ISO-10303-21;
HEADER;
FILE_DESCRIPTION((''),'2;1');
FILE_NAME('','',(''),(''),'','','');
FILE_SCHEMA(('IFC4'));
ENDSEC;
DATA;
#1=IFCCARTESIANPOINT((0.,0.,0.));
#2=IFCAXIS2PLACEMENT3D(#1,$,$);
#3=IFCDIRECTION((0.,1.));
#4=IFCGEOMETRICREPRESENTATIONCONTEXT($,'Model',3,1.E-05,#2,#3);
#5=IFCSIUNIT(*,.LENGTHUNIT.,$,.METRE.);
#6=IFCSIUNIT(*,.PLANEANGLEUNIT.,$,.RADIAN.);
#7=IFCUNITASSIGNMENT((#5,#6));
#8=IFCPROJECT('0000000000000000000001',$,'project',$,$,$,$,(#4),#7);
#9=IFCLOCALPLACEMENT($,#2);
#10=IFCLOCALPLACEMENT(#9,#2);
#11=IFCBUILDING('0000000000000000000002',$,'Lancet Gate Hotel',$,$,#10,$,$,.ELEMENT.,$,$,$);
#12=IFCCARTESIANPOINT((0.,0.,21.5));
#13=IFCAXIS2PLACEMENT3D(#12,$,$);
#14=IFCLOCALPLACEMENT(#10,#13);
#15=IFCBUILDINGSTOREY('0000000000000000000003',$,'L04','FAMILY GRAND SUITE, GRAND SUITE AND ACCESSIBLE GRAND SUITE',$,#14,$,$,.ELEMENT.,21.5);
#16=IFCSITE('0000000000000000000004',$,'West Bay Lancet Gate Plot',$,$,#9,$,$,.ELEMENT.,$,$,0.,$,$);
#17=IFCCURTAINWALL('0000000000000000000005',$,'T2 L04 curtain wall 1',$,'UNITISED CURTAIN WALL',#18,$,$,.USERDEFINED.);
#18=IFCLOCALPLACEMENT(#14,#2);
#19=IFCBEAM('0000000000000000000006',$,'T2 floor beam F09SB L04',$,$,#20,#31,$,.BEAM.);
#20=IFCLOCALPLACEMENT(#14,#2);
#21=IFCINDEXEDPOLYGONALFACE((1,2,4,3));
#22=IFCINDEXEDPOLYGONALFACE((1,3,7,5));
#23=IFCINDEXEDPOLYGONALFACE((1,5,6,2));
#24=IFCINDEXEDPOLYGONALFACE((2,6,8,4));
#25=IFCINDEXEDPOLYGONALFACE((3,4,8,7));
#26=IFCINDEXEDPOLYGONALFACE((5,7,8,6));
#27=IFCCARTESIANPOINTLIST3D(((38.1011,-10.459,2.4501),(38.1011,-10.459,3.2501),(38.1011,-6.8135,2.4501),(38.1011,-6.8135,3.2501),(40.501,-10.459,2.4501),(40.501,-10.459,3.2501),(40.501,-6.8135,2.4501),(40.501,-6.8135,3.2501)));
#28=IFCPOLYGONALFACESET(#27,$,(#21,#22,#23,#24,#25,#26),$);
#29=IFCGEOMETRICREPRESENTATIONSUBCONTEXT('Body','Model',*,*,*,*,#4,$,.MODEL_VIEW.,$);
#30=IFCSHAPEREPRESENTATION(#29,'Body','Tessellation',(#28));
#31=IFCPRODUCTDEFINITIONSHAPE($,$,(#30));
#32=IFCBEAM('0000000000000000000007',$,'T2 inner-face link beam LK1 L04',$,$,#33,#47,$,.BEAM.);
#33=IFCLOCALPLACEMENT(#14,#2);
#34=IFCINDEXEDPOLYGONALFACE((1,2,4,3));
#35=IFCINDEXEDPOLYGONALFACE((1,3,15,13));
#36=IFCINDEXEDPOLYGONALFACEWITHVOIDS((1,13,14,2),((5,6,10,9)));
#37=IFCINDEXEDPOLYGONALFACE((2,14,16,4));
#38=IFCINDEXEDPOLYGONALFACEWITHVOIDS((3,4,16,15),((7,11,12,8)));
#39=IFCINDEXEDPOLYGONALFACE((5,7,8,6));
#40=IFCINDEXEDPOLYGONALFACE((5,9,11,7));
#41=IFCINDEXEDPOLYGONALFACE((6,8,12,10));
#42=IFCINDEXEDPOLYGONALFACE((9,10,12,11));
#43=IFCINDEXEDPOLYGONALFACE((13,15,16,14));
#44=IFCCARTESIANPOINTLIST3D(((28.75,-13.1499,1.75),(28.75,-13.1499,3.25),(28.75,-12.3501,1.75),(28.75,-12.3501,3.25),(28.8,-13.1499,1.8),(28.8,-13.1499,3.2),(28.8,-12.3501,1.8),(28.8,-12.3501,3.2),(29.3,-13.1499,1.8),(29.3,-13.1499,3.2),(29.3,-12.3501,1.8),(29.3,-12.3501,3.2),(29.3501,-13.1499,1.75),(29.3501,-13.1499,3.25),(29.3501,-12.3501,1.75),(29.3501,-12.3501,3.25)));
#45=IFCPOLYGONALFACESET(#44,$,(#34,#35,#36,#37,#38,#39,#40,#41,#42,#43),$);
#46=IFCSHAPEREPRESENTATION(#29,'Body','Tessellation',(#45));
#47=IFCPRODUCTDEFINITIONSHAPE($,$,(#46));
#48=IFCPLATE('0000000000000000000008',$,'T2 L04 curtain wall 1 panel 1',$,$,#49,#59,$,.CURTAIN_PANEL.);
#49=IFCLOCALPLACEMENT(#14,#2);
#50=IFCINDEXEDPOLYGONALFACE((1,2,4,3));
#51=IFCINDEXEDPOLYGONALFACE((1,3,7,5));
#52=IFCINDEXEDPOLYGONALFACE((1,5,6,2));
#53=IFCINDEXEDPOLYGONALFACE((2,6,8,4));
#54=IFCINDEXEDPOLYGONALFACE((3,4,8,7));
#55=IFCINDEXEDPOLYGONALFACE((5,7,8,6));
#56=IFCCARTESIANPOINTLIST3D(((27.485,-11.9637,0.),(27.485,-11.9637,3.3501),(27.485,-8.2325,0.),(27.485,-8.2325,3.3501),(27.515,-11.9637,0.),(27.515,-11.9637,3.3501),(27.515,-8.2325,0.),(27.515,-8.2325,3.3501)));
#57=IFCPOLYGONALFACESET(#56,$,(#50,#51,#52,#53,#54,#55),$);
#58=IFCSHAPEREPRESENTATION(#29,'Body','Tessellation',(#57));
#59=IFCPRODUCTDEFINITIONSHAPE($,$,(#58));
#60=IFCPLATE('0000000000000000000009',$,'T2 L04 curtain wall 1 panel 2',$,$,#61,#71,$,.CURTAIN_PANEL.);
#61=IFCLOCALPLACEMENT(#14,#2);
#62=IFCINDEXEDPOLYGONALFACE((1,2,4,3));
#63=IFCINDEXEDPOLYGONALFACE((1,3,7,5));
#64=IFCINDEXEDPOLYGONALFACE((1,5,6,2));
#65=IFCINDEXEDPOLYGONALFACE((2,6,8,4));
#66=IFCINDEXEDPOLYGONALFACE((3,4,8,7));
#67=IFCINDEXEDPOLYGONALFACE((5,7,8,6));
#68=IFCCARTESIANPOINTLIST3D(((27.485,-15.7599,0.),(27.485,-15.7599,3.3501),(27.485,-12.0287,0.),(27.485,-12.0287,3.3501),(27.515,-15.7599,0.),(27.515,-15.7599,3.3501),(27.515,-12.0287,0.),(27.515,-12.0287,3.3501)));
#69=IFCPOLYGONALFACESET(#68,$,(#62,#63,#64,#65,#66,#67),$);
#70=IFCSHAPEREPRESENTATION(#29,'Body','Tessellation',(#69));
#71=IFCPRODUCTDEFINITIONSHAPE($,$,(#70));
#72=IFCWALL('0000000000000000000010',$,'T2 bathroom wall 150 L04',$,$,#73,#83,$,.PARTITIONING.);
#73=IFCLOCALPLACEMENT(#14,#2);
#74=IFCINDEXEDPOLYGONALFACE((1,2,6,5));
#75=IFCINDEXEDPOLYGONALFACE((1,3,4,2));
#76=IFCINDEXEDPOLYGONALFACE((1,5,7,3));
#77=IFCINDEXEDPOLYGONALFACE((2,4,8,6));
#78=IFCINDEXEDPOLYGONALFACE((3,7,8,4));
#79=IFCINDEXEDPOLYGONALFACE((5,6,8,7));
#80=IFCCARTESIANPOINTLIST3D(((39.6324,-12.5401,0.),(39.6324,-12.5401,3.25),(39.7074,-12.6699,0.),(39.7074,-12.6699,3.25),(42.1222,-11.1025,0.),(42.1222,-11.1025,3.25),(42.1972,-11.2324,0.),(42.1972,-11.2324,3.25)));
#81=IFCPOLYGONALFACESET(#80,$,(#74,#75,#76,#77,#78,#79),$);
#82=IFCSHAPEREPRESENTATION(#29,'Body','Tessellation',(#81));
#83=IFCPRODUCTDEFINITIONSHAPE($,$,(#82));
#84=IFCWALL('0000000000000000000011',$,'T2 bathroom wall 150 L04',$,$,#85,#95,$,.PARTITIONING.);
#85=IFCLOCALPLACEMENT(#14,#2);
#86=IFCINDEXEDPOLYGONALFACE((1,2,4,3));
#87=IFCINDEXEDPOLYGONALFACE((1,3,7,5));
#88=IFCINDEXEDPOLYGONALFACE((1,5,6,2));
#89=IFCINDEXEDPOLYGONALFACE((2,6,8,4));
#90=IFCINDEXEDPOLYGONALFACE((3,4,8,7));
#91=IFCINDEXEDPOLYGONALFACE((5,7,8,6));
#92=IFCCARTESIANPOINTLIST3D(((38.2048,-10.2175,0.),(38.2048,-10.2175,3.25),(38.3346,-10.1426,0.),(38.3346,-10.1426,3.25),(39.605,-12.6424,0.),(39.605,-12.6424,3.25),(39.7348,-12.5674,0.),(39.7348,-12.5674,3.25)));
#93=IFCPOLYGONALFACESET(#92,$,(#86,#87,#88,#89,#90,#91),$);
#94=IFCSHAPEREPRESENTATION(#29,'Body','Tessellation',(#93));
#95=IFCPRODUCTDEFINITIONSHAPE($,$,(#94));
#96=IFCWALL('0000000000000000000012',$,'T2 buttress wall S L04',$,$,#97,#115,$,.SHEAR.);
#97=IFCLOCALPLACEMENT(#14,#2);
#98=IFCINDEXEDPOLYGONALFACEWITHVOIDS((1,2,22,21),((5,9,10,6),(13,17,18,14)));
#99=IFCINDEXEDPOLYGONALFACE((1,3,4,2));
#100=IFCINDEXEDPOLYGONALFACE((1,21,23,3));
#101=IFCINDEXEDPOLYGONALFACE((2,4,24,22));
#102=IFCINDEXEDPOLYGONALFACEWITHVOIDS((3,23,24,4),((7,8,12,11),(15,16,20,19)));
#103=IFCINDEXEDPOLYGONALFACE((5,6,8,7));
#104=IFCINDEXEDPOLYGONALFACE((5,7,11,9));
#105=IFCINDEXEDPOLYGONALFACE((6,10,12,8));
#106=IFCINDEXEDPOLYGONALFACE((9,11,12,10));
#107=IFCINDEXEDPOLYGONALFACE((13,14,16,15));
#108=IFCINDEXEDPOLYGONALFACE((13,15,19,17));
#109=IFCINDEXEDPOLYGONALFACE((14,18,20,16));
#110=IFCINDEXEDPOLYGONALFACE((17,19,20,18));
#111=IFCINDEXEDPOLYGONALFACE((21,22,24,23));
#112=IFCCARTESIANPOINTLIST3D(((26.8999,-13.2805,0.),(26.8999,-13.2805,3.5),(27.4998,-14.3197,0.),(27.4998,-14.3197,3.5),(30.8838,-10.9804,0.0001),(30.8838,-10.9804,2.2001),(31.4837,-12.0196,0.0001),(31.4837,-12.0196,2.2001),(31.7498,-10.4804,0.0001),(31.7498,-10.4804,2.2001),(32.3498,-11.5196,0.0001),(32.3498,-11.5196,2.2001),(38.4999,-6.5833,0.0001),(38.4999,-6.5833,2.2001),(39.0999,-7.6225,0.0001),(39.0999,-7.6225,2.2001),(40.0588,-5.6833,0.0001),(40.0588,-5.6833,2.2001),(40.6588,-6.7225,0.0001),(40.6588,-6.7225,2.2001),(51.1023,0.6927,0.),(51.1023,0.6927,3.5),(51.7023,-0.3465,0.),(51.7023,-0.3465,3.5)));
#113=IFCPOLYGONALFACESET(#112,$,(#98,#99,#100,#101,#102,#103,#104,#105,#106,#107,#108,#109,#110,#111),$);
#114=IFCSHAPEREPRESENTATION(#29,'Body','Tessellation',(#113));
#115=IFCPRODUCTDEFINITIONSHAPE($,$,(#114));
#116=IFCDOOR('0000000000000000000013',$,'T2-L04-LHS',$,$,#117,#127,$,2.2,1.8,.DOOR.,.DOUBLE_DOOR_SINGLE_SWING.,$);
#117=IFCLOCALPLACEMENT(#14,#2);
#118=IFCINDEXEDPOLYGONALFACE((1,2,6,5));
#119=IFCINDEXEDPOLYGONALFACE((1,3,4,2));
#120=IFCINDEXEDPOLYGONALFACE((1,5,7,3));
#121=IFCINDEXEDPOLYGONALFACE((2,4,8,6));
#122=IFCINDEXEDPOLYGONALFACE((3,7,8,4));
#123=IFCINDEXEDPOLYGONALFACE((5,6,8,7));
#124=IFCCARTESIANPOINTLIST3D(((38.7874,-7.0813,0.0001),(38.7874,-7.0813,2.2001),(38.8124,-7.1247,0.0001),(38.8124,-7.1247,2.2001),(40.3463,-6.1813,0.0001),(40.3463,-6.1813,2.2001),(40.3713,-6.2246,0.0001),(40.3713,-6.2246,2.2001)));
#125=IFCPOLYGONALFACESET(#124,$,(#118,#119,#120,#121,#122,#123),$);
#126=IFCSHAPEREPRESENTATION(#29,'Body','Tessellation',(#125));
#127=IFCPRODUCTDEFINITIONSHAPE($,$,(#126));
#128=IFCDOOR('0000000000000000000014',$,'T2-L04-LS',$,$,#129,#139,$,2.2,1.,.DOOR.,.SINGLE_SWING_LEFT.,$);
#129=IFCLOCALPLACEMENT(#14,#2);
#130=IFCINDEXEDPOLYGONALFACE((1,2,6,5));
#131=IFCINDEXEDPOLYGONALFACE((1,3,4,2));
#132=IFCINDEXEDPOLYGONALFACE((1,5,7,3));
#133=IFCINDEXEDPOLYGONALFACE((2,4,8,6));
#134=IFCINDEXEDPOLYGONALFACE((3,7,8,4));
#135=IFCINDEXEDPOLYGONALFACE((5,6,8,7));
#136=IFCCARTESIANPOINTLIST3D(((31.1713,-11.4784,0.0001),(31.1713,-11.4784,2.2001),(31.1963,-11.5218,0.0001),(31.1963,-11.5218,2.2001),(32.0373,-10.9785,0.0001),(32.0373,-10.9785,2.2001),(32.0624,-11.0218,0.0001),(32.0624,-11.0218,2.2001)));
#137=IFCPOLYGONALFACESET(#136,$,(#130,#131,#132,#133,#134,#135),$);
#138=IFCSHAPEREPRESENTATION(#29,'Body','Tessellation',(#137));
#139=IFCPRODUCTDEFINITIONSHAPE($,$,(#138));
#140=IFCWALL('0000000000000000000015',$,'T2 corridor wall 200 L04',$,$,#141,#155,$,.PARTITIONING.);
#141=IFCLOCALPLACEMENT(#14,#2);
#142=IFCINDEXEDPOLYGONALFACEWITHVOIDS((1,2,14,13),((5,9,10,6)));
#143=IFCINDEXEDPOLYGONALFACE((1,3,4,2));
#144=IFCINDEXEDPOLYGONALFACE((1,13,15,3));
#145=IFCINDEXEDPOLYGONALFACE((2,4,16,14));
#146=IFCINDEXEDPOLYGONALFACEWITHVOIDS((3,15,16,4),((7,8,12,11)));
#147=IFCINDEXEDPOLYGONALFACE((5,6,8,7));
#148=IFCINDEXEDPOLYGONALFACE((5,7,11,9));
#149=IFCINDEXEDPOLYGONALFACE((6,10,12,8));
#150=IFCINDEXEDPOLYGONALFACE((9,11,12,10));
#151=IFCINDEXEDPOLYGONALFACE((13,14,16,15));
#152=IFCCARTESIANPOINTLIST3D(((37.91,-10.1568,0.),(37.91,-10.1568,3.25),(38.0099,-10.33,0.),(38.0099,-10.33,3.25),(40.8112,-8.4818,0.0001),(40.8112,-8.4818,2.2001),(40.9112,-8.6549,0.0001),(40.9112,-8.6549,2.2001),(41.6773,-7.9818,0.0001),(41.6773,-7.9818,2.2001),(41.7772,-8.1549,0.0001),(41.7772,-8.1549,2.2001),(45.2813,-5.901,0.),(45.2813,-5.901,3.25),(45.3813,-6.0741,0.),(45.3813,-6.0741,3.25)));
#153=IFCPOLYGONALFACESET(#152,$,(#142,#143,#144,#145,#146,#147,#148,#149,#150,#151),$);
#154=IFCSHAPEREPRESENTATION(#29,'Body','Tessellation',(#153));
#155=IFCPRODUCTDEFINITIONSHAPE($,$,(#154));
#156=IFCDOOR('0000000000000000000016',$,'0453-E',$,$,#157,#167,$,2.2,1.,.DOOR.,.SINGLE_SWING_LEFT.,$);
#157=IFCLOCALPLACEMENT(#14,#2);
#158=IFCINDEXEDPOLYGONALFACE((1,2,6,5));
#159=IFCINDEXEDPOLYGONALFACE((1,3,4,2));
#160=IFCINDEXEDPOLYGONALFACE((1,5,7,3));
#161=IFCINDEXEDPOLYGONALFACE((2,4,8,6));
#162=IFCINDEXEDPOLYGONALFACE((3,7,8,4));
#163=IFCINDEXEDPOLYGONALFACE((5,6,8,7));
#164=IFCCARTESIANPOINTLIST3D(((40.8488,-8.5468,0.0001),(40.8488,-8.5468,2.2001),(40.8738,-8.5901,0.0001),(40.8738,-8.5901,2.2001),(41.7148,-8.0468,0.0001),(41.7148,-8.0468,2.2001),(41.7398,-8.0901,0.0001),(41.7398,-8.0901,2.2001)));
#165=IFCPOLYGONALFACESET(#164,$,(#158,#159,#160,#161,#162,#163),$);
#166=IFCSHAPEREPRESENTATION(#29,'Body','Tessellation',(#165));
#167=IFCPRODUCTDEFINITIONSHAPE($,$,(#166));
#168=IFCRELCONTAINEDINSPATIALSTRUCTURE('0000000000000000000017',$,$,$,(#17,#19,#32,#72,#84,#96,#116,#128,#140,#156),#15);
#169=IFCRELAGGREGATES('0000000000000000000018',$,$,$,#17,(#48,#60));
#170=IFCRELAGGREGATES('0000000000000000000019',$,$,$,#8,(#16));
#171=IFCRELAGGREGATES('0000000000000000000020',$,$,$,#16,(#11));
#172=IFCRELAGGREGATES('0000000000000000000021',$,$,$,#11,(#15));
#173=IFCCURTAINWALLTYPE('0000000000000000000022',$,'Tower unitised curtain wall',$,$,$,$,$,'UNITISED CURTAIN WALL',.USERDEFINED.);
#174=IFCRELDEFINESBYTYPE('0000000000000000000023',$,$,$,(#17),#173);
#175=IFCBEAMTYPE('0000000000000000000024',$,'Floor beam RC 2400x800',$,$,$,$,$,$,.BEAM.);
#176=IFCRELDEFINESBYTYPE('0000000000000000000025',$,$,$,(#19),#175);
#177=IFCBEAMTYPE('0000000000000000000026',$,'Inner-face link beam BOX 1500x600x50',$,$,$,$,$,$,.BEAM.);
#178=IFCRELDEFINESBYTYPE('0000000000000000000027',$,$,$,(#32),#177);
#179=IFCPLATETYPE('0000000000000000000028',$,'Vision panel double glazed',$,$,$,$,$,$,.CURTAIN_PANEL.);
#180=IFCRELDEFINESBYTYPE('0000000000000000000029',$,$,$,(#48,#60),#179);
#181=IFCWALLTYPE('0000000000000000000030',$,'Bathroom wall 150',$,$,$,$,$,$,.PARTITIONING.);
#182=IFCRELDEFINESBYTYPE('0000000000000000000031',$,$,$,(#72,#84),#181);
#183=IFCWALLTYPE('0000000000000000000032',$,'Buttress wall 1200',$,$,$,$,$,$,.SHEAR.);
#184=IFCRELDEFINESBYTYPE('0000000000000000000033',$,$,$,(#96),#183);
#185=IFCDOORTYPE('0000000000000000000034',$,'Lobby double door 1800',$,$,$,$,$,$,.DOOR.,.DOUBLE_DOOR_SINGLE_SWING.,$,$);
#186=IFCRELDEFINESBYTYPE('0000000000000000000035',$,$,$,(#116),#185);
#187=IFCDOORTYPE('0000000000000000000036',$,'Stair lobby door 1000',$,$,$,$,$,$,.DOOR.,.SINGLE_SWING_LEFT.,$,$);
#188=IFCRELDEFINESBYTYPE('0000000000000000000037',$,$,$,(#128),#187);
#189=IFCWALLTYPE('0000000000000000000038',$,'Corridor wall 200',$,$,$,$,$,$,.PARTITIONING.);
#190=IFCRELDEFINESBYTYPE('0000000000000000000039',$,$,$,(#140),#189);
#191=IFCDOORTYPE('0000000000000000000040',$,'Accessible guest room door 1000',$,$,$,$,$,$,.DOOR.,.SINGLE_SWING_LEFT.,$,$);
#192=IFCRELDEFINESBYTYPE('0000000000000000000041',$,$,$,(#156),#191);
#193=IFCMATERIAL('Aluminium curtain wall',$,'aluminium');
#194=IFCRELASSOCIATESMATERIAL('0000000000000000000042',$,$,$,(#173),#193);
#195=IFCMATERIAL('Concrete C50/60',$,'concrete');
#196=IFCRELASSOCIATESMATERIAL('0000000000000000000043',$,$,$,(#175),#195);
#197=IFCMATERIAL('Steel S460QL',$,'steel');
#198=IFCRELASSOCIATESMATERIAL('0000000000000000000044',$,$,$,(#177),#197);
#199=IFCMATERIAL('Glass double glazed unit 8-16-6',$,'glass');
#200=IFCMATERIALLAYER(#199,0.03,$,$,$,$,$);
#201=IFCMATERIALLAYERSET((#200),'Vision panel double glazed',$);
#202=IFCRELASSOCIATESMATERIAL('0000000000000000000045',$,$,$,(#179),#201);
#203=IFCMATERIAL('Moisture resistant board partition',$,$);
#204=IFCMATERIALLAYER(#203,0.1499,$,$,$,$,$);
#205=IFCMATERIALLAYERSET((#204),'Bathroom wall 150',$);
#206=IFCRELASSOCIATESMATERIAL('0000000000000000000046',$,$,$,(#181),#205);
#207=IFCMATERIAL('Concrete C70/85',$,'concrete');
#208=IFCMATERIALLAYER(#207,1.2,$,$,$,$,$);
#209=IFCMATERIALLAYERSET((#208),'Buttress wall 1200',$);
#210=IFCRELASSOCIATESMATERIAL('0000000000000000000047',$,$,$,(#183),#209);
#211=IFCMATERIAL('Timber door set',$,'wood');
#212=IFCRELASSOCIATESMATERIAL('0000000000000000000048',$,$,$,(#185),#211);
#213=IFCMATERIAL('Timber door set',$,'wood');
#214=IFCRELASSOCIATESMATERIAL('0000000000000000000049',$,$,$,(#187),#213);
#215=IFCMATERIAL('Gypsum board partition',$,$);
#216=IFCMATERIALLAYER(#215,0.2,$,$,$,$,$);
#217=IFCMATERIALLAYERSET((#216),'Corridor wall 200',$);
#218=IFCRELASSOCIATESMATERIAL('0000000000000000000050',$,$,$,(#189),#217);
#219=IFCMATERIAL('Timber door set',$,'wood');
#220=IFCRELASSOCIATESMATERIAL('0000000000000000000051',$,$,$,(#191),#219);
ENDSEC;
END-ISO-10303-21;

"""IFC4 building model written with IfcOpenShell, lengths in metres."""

from ifc_helpers import new_model, si_unit, direction, frame, frame_2d, origin, origin_2d, place, context, subcontext, project, spatial, rectangle, hollow_rectangle, extrude, material, layer, layer_set, material_profile, profile_set, type_object, element, fill, aggregate, save


model = new_model("IFC4")

# Units and contexts
model_context = context("Model", 3, precision=1e-05, world=origin(), true_north=direction((0.0, 1.0)))
body_context = subcontext(model_context, "Body", "Model", "MODEL_VIEW")
ifc_project = project(units=[si_unit("LENGTHUNIT", "METRE"), si_unit("PLANEANGLEUNIT", "RADIAN")], contexts=[model_context])

# Site, building, storey
site_placement = place(None, origin())
site = spatial("IfcSite", under=ifc_project, at=site_placement, Name="West Bay Lancet Gate Plot", CompositionType="ELEMENT", RefElevation=0.0)
building_placement = place(site_placement, origin())
building = spatial("IfcBuilding", under=site, at=building_placement, Name="Lancet Gate Hotel", CompositionType="ELEMENT")
storey_placement = place(building_placement, frame((0.0, 0.0, 21.5)))
storey = spatial("IfcBuildingStorey", under=building, at=storey_placement, Name="L04", Description="FAMILY GRAND SUITE, GRAND SUITE AND ACCESSIBLE GRAND SUITE", CompositionType="ELEMENT", Elevation=21.5)

# Curtain wall
ifc_material_1 = material(Name="Aluminium curtain wall", Category="aluminium")
curtain_wall_type = type_object("IfcCurtainWallType", Name="Tower unitised curtain wall", ElementType="UNITISED CURTAIN WALL", PredefinedType="USERDEFINED", material=ifc_material_1)
curtain_wall_placement = place(storey_placement, origin())
curtain_wall = element("IfcCurtainWall", 1, at=curtain_wall_placement, inside=storey, type_object=curtain_wall_type, Name="T2 L04 curtain wall 1", ObjectType="UNITISED CURTAIN WALL", PredefinedType="USERDEFINED")

# Beams
ifc_material_2 = material(Name="Concrete C50/60", Category="concrete")
ifc_material_profile_1 = material_profile(ifc_material_2, rectangle(XDim=2.3999, YDim=0.8, at=origin_2d()), Name="RC 2400x800")
ifc_profile_set_1 = profile_set([ifc_material_profile_1], Name="Concrete C50/60")
beam_type_1 = type_object("IfcBeamType", Name="Floor beam RC 2400x800", PredefinedType="BEAM", material=ifc_profile_set_1)
beam_1_placement = place(storey_placement, frame((39.301, -10.459, 2.8501), z_axis=(0.0, 1.0, 0.0), x_axis=(-1.0, 0.0, 0.0)))
element("IfcBeam", 2, at=beam_1_placement, inside=storey, type_object=beam_type_1, Name="T2 floor beam F09SB L04", PredefinedType="BEAM", context=body_context, shape_type="SweptSolid", body=[
    extrude(rectangle(XDim=2.3999, YDim=0.8, at=origin_2d()), origin(), (0.0, 0.0, 1.0), 3.6455),
])
ifc_material_3 = material(Name="Steel S460QL", Category="steel")
ifc_material_profile_2 = material_profile(ifc_material_3, hollow_rectangle(XDim=0.6001, YDim=1.5, WallThickness=0.05, at=origin_2d()), Name="BOX 1500x600x50")
ifc_profile_set_2 = profile_set([ifc_material_profile_2], Name="Steel S460QL")
beam_type_2 = type_object("IfcBeamType", Name="Inner-face link beam BOX 1500x600x50", PredefinedType="BEAM", material=ifc_profile_set_2)
beam_2_placement = place(storey_placement, frame((29.05, -13.1499, 2.5), z_axis=(0.0, 1.0, 0.0), x_axis=(-1.0, 0.0, 0.0)))
element("IfcBeam", 3, at=beam_2_placement, inside=storey, type_object=beam_type_2, Name="T2 inner-face link beam LK1 L04", PredefinedType="BEAM", context=body_context, shape_type="SweptSolid", body=[
    extrude(hollow_rectangle(XDim=0.6001, YDim=1.5, WallThickness=0.05, at=origin_2d()), origin(), (0.0, 0.0, 1.0), 0.7998),
])

# Plates
ifc_material_4 = material(Name="Glass double glazed unit 8-16-6", Category="glass")
ifc_layer_1 = layer(ifc_material_4, 0.03)
ifc_layer_set_1 = layer_set([ifc_layer_1], Name="Vision panel double glazed")
plate_type = type_object("IfcPlateType", Name="Vision panel double glazed", PredefinedType="CURTAIN_PANEL", material=ifc_layer_set_1)
plate_1_placement = place(storey_placement, frame((27.5, -10.0981, 0.0), z_axis=(0.0, 0.0, 1.0), x_axis=(0.0, -1.0, 0.0)))
plate_1 = element("IfcPlate", 4, at=plate_1_placement, type_object=plate_type, Name="T2 L04 curtain wall 1 panel 1", PredefinedType="CURTAIN_PANEL", context=body_context, shape_type="SweptSolid", body=[
    extrude(rectangle(XDim=3.7312, YDim=0.03, at=origin_2d()), origin(), (0.0, 0.0, 1.0), 3.3501),
])
plate_2_placement = place(storey_placement, frame((27.5, -13.8943, 0.0), z_axis=(0.0, 0.0, 1.0), x_axis=(0.0, -1.0, 0.0)))
plate_2 = element("IfcPlate", 5, at=plate_2_placement, type_object=plate_type, Name="T2 L04 curtain wall 1 panel 2", PredefinedType="CURTAIN_PANEL", context=body_context, shape_type="SweptSolid", body=[
    extrude(rectangle(XDim=3.7312, YDim=0.03, at=origin_2d()), origin(), (0.0, 0.0, 1.0), 3.3501),
])
aggregate(curtain_wall, [plate_1, plate_2])

# Walls
ifc_material_5 = material(Name="Moisture resistant board partition")
ifc_layer_2 = layer(ifc_material_5, 0.1499)
ifc_layer_set_2 = layer_set([ifc_layer_2], Name="Bathroom wall 150")
wall_type_1 = type_object("IfcWallType", Name="Bathroom wall 150", PredefinedType="PARTITIONING", material=ifc_layer_set_2)
wall_1_placement = place(storey_placement, frame((39.6699, -12.605, 0.0), z_axis=(0.0, 0.0, 1.0), x_axis=(0.866019, 0.500012, 0.0)))
element("IfcWall", 6, at=wall_1_placement, inside=storey, type_object=wall_type_1, Name="T2 bathroom wall 150 L04", PredefinedType="PARTITIONING", context=body_context, shape_type="SweptSolid", body=[
    extrude(rectangle(XDim=2.875, YDim=0.1499, at=frame_2d((1.4375, 0.0))), origin(), (0.0, 0.0, 1.0), 3.25),
])
wall_2_placement = place(storey_placement, frame((38.2698, -10.1802, 0.0), z_axis=(0.0, 0.0, 1.0), x_axis=(0.50005, -0.865997, 0.0)))
element("IfcWall", 7, at=wall_2_placement, inside=storey, type_object=wall_type_1, Name="T2 bathroom wall 150 L04", PredefinedType="PARTITIONING", context=body_context, shape_type="SweptSolid", body=[
    extrude(rectangle(XDim=2.8, YDim=0.1499, at=frame_2d((1.3999, 0.0))), origin(), (0.0, 0.0, 1.0), 3.25),
])

# Wall, openings, doors
ifc_material_6 = material(Name="Concrete C70/85", Category="concrete")
ifc_layer_3 = layer(ifc_material_6, 1.2)
ifc_layer_set_3 = layer_set([ifc_layer_3], Name="Buttress wall 1200")
wall_type_2 = type_object("IfcWallType", Name="Buttress wall 1200", PredefinedType="SHEAR", material=ifc_layer_set_3)
wall_3_placement = place(storey_placement, frame((27.2, -13.8, 0.0), z_axis=(0.0, 0.0, 1.0), x_axis=(0.866027, 0.499997, 0.0)))
wall_3 = element("IfcWall", 8, at=wall_3_placement, inside=storey, type_object=wall_type_2, Name="T2 buttress wall S L04", PredefinedType="SHEAR", context=body_context, shape_type="SweptSolid", body=[
    extrude(rectangle(XDim=27.9465, YDim=1.2, at=frame_2d((13.9731, 0.0))), origin(), (0.0, 0.0, 1.0), 3.5),
])
opening_1_placement = place(wall_3_placement, frame((4.6001, 0.0, 0.0)))
opening_1 = element("IfcOpeningElement", 9, at=opening_1_placement, cuts=wall_3, PredefinedType="OPENING", context=body_context, shape_type="SweptSolid", body=[
    extrude(rectangle(XDim=1.0, YDim=2.2, at=frame_2d((0.5, 1.1001))), frame((0.0, 0.6099, 0.0), z_axis=(0.0, -1.0, 0.0), x_axis=(1.0, 0.0, 0.0)), (0.0, 0.0, 1.0), 1.22),
])
opening_2_placement = place(wall_3_placement, frame((13.3945, 0.0, 0.0)))
opening_2 = element("IfcOpeningElement", 10, at=opening_2_placement, cuts=wall_3, PredefinedType="OPENING", context=body_context, shape_type="SweptSolid", body=[
    extrude(rectangle(XDim=1.8, YDim=2.2, at=frame_2d((0.8999, 1.1001))), frame((0.0, 0.6099, 0.0), z_axis=(0.0, -1.0, 0.0), x_axis=(1.0, 0.0, 0.0)), (0.0, 0.0, 1.0), 1.22),
])
ifc_material_7 = material(Name="Timber door set", Category="wood")
door_type_1 = type_object("IfcDoorType", Name="Lobby double door 1800", OperationType="DOUBLE_DOOR_SINGLE_SWING", PredefinedType="DOOR", material=ifc_material_7)
door_1_placement = place(opening_2_placement, origin())
door_1 = element("IfcDoor", 11, at=door_1_placement, inside=storey, type_object=door_type_1, Name="T2-L04-LHS", OperationType="DOUBLE_DOOR_SINGLE_SWING", OverallHeight=2.2, OverallWidth=1.8, PredefinedType="DOOR", context=body_context, shape_type="SweptSolid", body=[
    extrude(rectangle(XDim=1.8, YDim=2.2, at=frame_2d((0.8999, 1.1001))), frame((0.0, 0.0249, 0.0), z_axis=(0.0, -1.0, 0.0), x_axis=(1.0, 0.0, 0.0)), (0.0, 0.0, 1.0), 0.05),
])
fill(opening_2, door_1)
ifc_material_8 = material(Name="Timber door set", Category="wood")
door_type_2 = type_object("IfcDoorType", Name="Stair lobby door 1000", OperationType="SINGLE_SWING_LEFT", PredefinedType="DOOR", material=ifc_material_8)
door_2_placement = place(opening_1_placement, origin())
door_2 = element("IfcDoor", 12, at=door_2_placement, inside=storey, type_object=door_type_2, Name="T2-L04-LS", OperationType="SINGLE_SWING_LEFT", OverallHeight=2.2, OverallWidth=1.0, PredefinedType="DOOR", context=body_context, shape_type="SweptSolid", body=[
    extrude(rectangle(XDim=1.0, YDim=2.2, at=frame_2d((0.5, 1.1001))), frame((0.0, 0.0249, 0.0), z_axis=(0.0, -1.0, 0.0), x_axis=(1.0, 0.0, 0.0)), (0.0, 0.0, 1.0), 0.05),
])
fill(opening_1, door_2)

# Wall, opening, door
ifc_material_9 = material(Name="Gypsum board partition")
ifc_layer_4 = layer(ifc_material_9, 0.2)
ifc_layer_set_4 = layer_set([ifc_layer_4], Name="Corridor wall 200")
wall_type_3 = type_object("IfcWallType", Name="Corridor wall 200", PredefinedType="PARTITIONING", material=ifc_layer_set_4)
wall_4_placement = place(storey_placement, frame((37.96, -10.2434, 0.0), z_axis=(0.0, 0.0, 1.0), x_axis=(0.866025, 0.500001, 0.0)))
wall_4 = element("IfcWall", 13, at=wall_4_placement, inside=storey, type_object=wall_type_3, Name="T2 corridor wall 200 L04", PredefinedType="PARTITIONING", context=body_context, shape_type="SweptSolid", body=[
    extrude(rectangle(XDim=8.5117, YDim=0.2, at=frame_2d((4.2559, 0.0))), origin(), (0.0, 0.0, 1.0), 3.25),
])
opening_3_placement = place(wall_4_placement, frame((3.3501, 0.0, 0.0)))
opening_3 = element("IfcOpeningElement", 14, at=opening_3_placement, cuts=wall_4, PredefinedType="OPENING", context=body_context, shape_type="SweptSolid", body=[
    extrude(rectangle(XDim=1.0, YDim=2.2, at=frame_2d((0.5, 1.1001))), frame((0.0, 0.1099, 0.0), z_axis=(0.0, -1.0, 0.0), x_axis=(1.0, 0.0, 0.0)), (0.0, 0.0, 1.0), 0.22),
])
ifc_material_10 = material(Name="Timber door set", Category="wood")
door_type_3 = type_object("IfcDoorType", Name="Accessible guest room door 1000", OperationType="SINGLE_SWING_LEFT", PredefinedType="DOOR", material=ifc_material_10)
door_3_placement = place(opening_3_placement, origin())
door_3 = element("IfcDoor", 15, at=door_3_placement, inside=storey, type_object=door_type_3, Name="0453-E", OperationType="SINGLE_SWING_LEFT", OverallHeight=2.2, OverallWidth=1.0, PredefinedType="DOOR", context=body_context, shape_type="SweptSolid", body=[
    extrude(rectangle(XDim=1.0, YDim=2.2, at=frame_2d((0.5, 1.1001))), frame((0.0, 0.0249, 0.0), z_axis=(0.0, -1.0, 0.0), x_axis=(1.0, 0.0, 0.0)), (0.0, 0.0, 1.0), 0.05),
])
fill(opening_3, door_3)

save(model, "model.ifc")
